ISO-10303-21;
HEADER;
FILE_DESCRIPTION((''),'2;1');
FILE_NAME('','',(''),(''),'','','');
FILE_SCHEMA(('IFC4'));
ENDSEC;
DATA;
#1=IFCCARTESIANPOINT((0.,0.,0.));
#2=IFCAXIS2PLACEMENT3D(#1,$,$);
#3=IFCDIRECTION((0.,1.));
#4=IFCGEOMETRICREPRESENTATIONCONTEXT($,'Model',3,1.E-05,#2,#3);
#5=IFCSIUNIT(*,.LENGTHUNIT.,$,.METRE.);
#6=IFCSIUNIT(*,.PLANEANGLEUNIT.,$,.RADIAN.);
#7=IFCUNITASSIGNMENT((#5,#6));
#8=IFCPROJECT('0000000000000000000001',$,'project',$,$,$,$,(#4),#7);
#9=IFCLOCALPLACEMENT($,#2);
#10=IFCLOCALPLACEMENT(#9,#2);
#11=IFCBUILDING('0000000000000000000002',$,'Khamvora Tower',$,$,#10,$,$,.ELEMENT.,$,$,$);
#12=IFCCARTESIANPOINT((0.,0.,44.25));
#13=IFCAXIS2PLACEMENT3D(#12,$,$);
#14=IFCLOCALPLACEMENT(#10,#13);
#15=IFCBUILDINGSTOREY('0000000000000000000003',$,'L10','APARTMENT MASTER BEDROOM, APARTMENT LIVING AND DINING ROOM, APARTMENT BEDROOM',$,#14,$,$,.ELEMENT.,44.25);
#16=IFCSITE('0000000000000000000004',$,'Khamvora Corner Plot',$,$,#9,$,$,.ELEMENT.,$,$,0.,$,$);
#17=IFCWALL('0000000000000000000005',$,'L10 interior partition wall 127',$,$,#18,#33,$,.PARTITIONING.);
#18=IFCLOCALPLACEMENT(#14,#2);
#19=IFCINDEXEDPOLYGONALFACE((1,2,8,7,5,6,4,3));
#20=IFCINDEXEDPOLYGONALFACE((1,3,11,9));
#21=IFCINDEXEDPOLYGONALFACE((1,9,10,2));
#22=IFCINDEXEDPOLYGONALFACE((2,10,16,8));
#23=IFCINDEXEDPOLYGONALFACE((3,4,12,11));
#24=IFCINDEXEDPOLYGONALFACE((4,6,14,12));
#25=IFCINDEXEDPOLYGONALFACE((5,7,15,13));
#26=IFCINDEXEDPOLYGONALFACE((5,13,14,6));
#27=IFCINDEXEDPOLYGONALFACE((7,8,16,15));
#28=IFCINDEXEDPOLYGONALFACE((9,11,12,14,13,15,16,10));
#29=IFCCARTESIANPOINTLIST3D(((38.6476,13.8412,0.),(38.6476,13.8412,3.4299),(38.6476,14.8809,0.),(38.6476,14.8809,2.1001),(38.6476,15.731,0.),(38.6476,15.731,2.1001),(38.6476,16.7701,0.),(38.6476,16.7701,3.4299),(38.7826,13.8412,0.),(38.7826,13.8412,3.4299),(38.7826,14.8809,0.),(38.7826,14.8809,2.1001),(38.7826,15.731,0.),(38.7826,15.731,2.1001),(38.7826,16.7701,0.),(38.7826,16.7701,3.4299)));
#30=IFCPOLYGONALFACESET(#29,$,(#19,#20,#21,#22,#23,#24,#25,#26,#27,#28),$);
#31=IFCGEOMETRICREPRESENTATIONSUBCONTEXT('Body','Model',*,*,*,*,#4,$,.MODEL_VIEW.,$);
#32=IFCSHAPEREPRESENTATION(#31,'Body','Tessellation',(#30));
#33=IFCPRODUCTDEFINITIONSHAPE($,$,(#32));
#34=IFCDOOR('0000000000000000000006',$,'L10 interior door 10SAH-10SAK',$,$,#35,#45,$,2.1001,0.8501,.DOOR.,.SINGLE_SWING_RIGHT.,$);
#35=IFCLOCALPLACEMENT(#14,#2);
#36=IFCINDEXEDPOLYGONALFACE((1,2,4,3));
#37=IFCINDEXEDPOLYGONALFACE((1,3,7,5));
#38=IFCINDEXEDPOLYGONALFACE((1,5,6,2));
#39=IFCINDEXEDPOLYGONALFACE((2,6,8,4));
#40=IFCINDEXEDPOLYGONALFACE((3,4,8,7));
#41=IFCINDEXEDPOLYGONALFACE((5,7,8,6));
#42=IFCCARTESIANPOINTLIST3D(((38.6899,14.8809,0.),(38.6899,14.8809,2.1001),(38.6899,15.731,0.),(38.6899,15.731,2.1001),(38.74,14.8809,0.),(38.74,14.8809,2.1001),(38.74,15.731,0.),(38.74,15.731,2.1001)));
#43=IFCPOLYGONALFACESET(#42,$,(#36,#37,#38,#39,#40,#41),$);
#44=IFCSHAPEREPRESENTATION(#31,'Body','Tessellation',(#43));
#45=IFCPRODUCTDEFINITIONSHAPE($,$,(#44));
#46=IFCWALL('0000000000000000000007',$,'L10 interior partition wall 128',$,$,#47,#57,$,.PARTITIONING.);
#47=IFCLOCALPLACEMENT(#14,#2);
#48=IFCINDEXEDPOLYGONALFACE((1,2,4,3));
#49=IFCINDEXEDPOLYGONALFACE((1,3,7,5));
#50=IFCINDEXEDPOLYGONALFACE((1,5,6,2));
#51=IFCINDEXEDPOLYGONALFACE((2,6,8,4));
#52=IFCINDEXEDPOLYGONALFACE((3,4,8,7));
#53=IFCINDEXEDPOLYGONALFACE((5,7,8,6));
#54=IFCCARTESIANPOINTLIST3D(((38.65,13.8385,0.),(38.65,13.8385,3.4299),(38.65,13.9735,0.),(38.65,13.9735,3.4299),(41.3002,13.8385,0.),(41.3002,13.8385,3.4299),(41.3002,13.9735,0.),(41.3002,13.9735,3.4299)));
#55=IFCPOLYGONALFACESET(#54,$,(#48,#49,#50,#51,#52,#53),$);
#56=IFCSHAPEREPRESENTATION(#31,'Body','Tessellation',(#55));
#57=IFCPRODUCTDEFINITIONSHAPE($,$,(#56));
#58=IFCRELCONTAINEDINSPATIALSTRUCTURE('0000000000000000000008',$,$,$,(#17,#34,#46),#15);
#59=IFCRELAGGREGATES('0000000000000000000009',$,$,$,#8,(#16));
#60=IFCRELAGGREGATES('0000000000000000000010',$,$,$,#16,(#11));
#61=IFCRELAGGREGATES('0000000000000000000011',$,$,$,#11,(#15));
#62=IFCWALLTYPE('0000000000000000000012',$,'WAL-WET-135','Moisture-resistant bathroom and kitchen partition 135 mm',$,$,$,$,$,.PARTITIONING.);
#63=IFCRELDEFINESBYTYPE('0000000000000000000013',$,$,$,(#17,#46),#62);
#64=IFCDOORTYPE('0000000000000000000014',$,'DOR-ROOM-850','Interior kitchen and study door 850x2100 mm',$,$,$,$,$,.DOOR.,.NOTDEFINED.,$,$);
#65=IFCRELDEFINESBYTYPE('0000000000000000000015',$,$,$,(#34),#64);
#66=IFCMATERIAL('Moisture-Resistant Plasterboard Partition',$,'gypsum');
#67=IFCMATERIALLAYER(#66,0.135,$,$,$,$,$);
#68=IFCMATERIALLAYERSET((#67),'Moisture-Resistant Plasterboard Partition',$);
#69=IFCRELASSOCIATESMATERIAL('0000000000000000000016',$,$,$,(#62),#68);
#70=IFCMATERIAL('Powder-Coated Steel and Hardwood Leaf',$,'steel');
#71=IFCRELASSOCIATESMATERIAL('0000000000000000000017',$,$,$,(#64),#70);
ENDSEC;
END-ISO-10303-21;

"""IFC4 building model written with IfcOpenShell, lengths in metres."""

from ifc_helpers import new_model, si_unit, direction, frame, frame_2d, origin, place, context, subcontext, project, spatial, rectangle, extrude, material, layer, layer_set, type_object, element, fill, save


model = new_model("IFC4")

# Units and contexts
model_context = context("Model", 3, precision=1e-05, world=origin(), true_north=direction((0.0, 1.0)))
body_context = subcontext(model_context, "Body", "Model", "MODEL_VIEW")
ifc_project = project(units=[si_unit("LENGTHUNIT", "METRE"), si_unit("PLANEANGLEUNIT", "RADIAN")], contexts=[model_context])

# Site, building, storey
site_placement = place(None, origin())
site = spatial("IfcSite", under=ifc_project, at=site_placement, Name="Khamvora Corner Plot", CompositionType="ELEMENT", RefElevation=0.0)
building_placement = place(site_placement, origin())
building = spatial("IfcBuilding", under=site, at=building_placement, Name="Khamvora Tower", CompositionType="ELEMENT")
storey_placement = place(building_placement, frame((0.0, 0.0, 44.25)))
storey = spatial("IfcBuildingStorey", under=building, at=storey_placement, Name="L10", Description="APARTMENT MASTER BEDROOM, APARTMENT LIVING AND DINING ROOM, APARTMENT BEDROOM", CompositionType="ELEMENT", Elevation=44.25)

# Shared definitions
ifc_material_1 = material(Name="Powder-Coated Steel and Hardwood Leaf", Category="steel")

# Shared definitions
ifc_material_2 = material(Name="Moisture-Resistant Plasterboard Partition", Category="gypsum")
ifc_layer_1 = layer(ifc_material_2, 0.135)
ifc_layer_set_1 = layer_set([ifc_layer_1], Name="Moisture-Resistant Plasterboard Partition")
wall_type_1 = type_object("IfcWallType", Name="WAL-WET-135", Description="Moisture-resistant bathroom and kitchen partition 135 mm", PredefinedType="PARTITIONING", material=ifc_layer_set_1)

# Wall, opening, door
wall_1_placement = place(storey_placement, frame((38.7151, 16.77, 0.0), z_axis=(0.0, 0.0, 1.0), x_axis=(0.0, -1.0, 0.0)))
wall_1 = element("IfcWall", 1, at=wall_1_placement, inside=storey, type_object=wall_type_1, Name="L10 interior partition wall 127", PredefinedType="PARTITIONING", context=body_context, shape_type="SweptSolid", body=[
    extrude(rectangle(XDim=2.929, YDim=0.135, at=frame_2d((1.4644, 0.0))), origin(), (0.0, 0.0, 1.0), 3.4299),
])
opening_1_placement = place(wall_1_placement, frame((1.0391, 0.0, 0.0)))
opening_1 = element("IfcOpeningElement", 2, at=opening_1_placement, cuts=wall_1, PredefinedType="OPENING", context=body_context, shape_type="SweptSolid", body=[
    extrude(rectangle(XDim=0.8501, YDim=2.1001, at=frame_2d((0.425, 1.05))), frame((0.0, 0.0774, 0.0), z_axis=(0.0, -1.0, 0.0), x_axis=(1.0, 0.0, 0.0)), (0.0, 0.0, 1.0), 0.155),
])
door_type_1 = type_object("IfcDoorType", Name="DOR-ROOM-850", Description="Interior kitchen and study door 850x2100 mm", OperationType="NOTDEFINED", PredefinedType="DOOR", material=ifc_material_1)
door_1_placement = place(opening_1_placement, origin())
door_1 = element("IfcDoor", 3, at=door_1_placement, inside=storey, type_object=door_type_1, Name="L10 interior door 10SAH-10SAK", OperationType="SINGLE_SWING_RIGHT", OverallHeight=2.1001, OverallWidth=0.8501, PredefinedType="DOOR", context=body_context, shape_type="SweptSolid", body=[
    extrude(rectangle(XDim=0.8501, YDim=2.1001, at=frame_2d((0.425, 1.05))), frame((0.0, 0.0249, 0.0), z_axis=(0.0, -1.0, 0.0), x_axis=(1.0, 0.0, 0.0)), (0.0, 0.0, 1.0), 0.05),
])
fill(opening_1, door_1)

# Wall
wall_2_placement = place(storey_placement, frame((38.6499, 13.906, 0.0), z_axis=(0.0, 0.0, 1.0), x_axis=(1.0, 0.0, 0.0)))
element("IfcWall", 4, at=wall_2_placement, inside=storey, type_object=wall_type_1, Name="L10 interior partition wall 128", PredefinedType="PARTITIONING", context=body_context, shape_type="SweptSolid", body=[
    extrude(rectangle(XDim=2.6501, YDim=0.135, at=frame_2d((1.3252, 0.0))), origin(), (0.0, 0.0, 1.0), 3.4299),
])

save(model, "model.ifc")
